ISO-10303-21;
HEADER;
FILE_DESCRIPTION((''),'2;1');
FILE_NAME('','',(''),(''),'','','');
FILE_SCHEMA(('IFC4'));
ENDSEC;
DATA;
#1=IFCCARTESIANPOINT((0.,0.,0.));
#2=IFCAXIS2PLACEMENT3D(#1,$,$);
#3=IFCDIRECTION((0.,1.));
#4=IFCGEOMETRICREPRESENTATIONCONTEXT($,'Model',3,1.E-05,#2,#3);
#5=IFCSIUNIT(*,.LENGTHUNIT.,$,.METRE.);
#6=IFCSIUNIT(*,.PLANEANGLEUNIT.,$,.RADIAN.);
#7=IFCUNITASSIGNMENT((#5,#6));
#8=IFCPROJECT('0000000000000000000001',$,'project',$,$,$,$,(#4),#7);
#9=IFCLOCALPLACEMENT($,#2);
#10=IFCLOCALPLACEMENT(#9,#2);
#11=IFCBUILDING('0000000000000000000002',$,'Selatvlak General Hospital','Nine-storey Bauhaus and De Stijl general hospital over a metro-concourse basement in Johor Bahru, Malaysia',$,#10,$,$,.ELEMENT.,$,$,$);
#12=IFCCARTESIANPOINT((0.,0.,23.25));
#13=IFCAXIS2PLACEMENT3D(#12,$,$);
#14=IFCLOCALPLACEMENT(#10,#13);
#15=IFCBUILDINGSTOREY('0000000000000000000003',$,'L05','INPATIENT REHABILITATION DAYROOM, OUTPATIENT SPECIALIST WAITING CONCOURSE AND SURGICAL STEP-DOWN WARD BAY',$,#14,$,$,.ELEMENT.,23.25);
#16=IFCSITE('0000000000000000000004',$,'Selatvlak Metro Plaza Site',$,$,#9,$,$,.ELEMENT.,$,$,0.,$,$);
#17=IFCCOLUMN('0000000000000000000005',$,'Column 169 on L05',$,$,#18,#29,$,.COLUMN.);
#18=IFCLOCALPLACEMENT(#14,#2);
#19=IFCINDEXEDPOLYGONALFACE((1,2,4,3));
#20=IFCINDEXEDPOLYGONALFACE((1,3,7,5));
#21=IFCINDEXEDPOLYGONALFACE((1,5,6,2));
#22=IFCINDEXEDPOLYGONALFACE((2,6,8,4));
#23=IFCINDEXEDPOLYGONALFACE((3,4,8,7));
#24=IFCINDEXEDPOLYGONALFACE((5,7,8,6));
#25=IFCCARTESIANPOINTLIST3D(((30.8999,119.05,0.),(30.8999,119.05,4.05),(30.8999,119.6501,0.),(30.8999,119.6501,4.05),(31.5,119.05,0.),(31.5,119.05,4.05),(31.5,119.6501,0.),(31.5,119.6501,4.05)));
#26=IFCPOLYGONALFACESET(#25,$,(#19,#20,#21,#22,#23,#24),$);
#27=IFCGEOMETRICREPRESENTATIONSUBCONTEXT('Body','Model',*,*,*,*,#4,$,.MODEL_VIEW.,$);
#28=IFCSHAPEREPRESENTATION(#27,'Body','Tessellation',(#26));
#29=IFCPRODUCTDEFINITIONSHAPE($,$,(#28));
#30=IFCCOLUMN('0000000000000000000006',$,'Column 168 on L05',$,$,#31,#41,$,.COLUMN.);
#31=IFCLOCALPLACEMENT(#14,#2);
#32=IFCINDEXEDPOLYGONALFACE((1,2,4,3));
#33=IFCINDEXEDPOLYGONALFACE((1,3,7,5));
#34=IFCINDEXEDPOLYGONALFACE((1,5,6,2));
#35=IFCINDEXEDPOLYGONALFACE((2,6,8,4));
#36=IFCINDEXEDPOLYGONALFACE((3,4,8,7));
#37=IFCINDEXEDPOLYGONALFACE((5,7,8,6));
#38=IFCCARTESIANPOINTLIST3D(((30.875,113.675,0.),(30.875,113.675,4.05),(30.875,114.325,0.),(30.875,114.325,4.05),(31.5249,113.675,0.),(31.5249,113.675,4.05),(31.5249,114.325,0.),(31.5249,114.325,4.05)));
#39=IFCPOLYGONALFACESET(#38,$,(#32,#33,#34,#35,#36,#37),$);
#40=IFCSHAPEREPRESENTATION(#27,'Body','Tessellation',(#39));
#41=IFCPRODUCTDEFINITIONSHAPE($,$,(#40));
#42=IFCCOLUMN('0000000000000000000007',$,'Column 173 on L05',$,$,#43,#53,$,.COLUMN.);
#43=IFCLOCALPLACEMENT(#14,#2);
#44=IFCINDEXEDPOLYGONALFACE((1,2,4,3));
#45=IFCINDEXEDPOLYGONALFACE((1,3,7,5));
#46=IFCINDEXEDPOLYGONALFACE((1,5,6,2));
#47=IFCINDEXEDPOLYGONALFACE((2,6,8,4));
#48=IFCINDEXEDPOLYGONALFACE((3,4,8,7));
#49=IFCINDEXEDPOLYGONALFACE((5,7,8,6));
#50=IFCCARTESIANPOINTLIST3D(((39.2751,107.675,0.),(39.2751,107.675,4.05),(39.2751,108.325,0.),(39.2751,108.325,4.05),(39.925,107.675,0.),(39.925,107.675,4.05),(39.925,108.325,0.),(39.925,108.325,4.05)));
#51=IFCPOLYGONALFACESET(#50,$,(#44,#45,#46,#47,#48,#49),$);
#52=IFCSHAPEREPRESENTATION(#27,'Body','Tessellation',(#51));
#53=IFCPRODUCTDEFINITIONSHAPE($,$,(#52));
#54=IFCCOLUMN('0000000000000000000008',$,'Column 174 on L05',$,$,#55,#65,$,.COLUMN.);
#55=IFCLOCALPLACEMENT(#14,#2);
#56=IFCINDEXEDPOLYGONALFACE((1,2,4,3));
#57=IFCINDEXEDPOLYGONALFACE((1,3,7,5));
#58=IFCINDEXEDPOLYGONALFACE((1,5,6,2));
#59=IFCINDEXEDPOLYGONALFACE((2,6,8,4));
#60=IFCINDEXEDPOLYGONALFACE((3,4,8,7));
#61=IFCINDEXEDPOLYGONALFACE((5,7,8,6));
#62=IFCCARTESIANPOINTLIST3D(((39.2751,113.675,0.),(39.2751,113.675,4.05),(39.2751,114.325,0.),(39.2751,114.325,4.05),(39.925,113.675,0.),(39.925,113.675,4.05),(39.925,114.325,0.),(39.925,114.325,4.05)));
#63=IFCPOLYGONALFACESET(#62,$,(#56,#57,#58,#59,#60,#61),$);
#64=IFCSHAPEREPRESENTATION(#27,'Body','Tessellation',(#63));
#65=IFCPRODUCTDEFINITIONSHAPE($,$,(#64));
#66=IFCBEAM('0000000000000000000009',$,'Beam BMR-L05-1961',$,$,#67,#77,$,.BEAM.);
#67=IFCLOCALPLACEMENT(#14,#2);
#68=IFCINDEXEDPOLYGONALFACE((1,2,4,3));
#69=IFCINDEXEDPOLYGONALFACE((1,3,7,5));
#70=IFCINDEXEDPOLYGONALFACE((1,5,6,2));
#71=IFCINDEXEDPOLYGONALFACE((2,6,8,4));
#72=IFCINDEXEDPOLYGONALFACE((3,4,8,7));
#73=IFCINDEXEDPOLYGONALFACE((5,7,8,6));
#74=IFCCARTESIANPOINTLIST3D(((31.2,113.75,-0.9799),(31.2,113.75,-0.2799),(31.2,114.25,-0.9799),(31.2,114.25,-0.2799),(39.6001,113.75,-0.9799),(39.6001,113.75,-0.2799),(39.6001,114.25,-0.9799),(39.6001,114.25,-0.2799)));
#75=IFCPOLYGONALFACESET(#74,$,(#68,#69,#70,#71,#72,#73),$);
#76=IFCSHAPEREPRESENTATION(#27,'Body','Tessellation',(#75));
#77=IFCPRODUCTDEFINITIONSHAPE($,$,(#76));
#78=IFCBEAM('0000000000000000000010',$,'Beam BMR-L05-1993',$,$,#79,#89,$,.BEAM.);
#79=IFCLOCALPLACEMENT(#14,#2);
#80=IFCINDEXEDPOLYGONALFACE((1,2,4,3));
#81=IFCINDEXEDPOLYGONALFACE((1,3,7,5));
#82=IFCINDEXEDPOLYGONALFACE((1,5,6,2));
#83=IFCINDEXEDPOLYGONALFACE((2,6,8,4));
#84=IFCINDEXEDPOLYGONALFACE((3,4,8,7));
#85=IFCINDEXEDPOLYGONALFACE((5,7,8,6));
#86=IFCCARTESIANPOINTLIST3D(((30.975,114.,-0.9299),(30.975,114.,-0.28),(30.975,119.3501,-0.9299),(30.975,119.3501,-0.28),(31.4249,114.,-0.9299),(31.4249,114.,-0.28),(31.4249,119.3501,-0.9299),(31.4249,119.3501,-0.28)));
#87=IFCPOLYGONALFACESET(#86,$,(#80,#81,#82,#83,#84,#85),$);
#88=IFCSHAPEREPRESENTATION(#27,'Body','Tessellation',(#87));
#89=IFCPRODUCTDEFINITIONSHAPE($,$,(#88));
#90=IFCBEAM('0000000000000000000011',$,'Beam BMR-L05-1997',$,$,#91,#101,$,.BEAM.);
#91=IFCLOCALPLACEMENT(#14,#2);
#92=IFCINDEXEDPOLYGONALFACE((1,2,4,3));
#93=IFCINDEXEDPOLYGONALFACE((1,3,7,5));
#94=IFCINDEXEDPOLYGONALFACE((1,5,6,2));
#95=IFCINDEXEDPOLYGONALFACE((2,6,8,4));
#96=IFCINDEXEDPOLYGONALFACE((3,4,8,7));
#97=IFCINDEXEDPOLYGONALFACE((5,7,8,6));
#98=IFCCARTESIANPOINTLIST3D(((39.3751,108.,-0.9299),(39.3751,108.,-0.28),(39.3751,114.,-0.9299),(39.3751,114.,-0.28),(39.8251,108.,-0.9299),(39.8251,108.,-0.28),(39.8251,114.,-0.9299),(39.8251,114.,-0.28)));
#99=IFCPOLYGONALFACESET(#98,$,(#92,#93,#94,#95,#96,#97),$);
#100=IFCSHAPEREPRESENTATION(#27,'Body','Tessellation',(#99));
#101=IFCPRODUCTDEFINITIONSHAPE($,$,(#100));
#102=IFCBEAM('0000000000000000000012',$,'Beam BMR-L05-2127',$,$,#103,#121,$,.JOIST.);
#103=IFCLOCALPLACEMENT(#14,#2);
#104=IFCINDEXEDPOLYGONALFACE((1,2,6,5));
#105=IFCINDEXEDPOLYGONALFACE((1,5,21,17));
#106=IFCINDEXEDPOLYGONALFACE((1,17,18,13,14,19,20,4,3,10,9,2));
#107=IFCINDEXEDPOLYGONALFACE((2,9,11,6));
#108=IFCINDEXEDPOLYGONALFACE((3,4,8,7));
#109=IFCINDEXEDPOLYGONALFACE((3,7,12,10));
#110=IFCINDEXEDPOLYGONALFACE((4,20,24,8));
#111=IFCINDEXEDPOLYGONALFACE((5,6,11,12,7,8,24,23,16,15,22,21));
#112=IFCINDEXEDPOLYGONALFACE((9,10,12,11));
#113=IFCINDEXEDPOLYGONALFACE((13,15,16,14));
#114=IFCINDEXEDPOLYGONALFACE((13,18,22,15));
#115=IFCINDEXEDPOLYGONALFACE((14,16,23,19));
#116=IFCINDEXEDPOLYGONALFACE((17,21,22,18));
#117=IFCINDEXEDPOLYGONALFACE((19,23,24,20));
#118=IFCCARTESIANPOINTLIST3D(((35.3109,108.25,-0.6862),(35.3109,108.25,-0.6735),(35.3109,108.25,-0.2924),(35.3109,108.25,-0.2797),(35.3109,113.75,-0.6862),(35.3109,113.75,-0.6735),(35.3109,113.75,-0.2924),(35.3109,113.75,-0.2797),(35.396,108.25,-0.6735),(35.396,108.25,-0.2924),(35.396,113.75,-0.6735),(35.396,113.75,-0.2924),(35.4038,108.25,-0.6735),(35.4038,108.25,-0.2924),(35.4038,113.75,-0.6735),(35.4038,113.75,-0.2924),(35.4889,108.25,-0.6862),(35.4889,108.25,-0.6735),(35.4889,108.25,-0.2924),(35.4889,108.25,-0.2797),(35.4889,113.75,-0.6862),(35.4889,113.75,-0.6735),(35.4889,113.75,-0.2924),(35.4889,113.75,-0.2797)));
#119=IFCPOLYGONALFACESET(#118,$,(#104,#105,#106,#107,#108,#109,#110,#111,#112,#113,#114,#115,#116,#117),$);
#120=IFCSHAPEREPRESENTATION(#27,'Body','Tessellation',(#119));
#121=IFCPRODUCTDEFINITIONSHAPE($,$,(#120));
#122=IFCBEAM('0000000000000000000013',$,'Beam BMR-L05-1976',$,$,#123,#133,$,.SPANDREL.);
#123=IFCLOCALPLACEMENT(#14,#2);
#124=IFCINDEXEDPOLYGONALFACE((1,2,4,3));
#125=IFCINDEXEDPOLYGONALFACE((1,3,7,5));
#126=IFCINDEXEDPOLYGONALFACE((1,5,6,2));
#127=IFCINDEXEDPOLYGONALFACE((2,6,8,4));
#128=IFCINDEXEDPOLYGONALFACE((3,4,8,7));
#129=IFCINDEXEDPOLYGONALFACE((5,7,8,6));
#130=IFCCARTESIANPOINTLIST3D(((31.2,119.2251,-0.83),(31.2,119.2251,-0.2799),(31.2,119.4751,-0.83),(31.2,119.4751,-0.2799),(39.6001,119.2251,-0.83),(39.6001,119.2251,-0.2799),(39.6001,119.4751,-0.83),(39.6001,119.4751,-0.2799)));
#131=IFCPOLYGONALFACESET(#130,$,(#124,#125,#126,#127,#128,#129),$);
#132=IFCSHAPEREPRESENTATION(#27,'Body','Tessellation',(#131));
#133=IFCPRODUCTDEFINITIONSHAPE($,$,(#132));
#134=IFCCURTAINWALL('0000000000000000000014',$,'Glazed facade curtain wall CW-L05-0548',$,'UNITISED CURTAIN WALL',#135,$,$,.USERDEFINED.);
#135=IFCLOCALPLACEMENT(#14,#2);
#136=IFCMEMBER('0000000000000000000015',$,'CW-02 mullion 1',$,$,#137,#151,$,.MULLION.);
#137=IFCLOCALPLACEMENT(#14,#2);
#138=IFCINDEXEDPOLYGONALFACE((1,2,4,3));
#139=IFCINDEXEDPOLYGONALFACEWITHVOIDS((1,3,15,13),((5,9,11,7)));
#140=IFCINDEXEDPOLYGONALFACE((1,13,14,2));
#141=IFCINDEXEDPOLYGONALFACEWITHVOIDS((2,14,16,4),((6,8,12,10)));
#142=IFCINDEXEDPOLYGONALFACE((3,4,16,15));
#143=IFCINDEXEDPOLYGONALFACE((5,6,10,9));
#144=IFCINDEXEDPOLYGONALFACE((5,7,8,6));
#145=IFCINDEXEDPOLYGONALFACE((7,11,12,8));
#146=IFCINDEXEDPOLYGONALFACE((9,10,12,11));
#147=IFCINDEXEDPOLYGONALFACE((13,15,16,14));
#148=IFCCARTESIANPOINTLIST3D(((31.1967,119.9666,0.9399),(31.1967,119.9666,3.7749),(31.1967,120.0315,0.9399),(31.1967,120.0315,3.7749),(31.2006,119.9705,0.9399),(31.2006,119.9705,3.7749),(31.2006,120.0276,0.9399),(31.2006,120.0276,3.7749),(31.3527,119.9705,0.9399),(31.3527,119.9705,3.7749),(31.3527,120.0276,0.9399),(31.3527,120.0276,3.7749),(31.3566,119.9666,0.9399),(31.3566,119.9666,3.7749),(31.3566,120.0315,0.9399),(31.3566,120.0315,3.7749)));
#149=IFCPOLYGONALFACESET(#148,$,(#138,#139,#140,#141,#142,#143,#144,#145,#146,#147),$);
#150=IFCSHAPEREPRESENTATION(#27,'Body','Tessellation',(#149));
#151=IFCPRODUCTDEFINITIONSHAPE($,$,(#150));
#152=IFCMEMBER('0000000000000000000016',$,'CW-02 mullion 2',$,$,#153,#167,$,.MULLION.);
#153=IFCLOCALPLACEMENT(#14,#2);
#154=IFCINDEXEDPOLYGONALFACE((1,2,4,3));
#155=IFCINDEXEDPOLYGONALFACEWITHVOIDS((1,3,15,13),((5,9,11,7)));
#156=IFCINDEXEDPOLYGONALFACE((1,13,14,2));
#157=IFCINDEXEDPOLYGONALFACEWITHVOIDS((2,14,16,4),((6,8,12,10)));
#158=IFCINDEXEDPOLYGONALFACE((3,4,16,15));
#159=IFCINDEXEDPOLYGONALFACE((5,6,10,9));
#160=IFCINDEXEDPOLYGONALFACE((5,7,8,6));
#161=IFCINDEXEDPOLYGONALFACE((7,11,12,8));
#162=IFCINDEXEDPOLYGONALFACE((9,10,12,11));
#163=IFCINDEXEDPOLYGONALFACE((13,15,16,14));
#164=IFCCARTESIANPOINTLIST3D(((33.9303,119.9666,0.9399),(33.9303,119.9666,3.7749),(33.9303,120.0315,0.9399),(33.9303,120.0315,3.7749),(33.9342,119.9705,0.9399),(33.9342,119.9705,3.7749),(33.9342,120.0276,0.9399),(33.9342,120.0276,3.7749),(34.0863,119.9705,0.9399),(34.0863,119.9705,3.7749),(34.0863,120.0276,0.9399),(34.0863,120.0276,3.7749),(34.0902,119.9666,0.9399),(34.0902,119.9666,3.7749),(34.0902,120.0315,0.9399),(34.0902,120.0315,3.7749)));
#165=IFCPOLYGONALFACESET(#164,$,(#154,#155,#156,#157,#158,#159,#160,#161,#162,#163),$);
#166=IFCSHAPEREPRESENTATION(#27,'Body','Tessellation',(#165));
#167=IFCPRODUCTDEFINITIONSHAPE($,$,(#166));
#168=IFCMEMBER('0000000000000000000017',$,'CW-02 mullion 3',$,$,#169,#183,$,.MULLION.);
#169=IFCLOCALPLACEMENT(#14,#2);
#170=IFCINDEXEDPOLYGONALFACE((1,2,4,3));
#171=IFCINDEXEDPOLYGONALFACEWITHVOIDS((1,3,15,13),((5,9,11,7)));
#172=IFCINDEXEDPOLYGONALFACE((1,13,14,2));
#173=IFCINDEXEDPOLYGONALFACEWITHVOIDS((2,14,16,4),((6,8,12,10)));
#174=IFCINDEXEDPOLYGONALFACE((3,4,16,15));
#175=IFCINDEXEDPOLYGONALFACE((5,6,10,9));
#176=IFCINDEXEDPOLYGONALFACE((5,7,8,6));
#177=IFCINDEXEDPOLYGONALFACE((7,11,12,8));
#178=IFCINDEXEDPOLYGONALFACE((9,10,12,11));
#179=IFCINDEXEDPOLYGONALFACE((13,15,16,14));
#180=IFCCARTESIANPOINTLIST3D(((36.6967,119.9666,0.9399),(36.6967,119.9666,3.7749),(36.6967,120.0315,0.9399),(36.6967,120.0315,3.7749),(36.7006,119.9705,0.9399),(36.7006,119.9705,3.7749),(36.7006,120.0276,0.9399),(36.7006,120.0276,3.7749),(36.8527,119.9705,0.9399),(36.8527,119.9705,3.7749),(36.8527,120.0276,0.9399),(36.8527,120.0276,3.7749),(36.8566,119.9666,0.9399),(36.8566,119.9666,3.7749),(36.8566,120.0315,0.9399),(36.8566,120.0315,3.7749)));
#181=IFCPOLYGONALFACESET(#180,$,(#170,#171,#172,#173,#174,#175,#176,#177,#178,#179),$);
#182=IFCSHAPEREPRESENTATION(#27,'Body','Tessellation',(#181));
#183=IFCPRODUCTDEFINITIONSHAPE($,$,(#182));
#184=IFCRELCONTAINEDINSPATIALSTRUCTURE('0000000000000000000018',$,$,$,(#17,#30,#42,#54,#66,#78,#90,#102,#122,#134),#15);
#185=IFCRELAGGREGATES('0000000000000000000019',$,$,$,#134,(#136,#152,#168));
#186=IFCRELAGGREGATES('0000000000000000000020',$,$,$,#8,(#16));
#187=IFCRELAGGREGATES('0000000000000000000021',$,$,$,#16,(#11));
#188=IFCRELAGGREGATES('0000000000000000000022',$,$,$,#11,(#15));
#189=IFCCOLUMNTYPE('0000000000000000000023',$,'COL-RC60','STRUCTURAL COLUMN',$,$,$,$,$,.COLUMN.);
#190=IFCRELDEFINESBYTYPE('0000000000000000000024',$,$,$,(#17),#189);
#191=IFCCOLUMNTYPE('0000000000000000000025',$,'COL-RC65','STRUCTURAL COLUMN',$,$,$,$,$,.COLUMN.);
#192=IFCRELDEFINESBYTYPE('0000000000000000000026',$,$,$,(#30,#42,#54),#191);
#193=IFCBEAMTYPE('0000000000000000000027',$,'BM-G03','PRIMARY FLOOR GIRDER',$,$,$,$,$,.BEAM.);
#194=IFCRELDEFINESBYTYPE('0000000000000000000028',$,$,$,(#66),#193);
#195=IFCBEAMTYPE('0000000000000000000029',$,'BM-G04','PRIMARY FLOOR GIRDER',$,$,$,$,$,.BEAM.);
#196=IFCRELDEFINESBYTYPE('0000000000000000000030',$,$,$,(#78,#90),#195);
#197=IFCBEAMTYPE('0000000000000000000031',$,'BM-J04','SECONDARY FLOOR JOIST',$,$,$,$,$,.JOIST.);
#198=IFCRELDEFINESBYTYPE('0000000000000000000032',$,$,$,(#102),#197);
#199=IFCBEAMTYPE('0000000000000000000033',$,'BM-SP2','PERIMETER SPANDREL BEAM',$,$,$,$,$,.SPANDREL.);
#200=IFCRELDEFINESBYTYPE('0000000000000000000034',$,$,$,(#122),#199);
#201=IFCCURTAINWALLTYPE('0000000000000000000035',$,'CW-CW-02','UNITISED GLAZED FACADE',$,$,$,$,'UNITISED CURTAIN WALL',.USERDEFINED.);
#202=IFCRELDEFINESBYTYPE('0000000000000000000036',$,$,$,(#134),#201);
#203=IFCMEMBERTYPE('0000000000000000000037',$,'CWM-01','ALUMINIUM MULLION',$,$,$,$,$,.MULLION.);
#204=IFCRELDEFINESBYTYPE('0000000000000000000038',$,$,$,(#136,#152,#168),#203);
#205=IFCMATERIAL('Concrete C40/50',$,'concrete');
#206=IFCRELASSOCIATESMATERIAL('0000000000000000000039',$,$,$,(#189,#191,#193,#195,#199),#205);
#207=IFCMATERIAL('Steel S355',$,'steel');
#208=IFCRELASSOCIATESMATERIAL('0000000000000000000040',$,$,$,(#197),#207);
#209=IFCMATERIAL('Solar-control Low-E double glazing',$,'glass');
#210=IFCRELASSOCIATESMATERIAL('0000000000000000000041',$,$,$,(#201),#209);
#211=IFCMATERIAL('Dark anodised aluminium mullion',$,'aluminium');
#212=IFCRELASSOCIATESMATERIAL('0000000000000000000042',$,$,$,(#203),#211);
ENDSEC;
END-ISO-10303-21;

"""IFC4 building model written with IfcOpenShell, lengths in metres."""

from ifc_helpers import new_model, si_unit, direction, frame, origin, origin_2d, place, context, subcontext, project, spatial, rectangle, hollow_rectangle, i_section, extrude, material, material_profile, profile_set, type_object, element, aggregate, save


model = new_model("IFC4")

# Units and contexts
model_context = context("Model", 3, precision=1e-05, world=origin(), true_north=direction((0.0, 1.0)))
body_context = subcontext(model_context, "Body", "Model", "MODEL_VIEW")
ifc_project = project(units=[si_unit("LENGTHUNIT", "METRE"), si_unit("PLANEANGLEUNIT", "RADIAN")], contexts=[model_context])

# Site, building, storey
site_placement = place(None, origin())
site = spatial("IfcSite", under=ifc_project, at=site_placement, Name="Selatvlak Metro Plaza Site", CompositionType="ELEMENT", RefElevation=0.0)
building_placement = place(site_placement, origin())
building = spatial("IfcBuilding", under=site, at=building_placement, Name="Selatvlak General Hospital", Description="Nine-storey Bauhaus and De Stijl general hospital over a metro-concourse basement in Johor Bahru, Malaysia", CompositionType="ELEMENT")
storey_placement = place(building_placement, frame((0.0, 0.0, 23.25)))
storey = spatial("IfcBuildingStorey", under=building, at=storey_placement, Name="L05", Description="INPATIENT REHABILITATION DAYROOM, OUTPATIENT SPECIALIST WAITING CONCOURSE AND SURGICAL STEP-DOWN WARD BAY", CompositionType="ELEMENT", Elevation=23.25)

# Columns
ifc_material_1 = material(Name="Concrete C40/50", Category="concrete")
ifc_material_profile_1 = material_profile(ifc_material_1, rectangle(XDim=0.6001, YDim=0.6001, at=origin_2d()), Name="RC-COL 600x600")
ifc_profile_set_1 = profile_set([ifc_material_profile_1], Name="Concrete C40/50")
column_type_1 = type_object("IfcColumnType", Name="COL-RC60", Description="STRUCTURAL COLUMN", PredefinedType="COLUMN", material=ifc_profile_set_1)
column_placement = place(storey_placement, frame((31.2, 119.3501, 0.0), z_axis=(0.0, 0.0, 1.0), x_axis=(1.0, 0.0, 0.0)))
element("IfcColumn", 1, at=column_placement, inside=storey, type_object=column_type_1, Name="Column 169 on L05", PredefinedType="COLUMN", context=body_context, shape_type="SweptSolid", body=[
    extrude(rectangle(XDim=0.6001, YDim=0.6001, at=origin_2d()), origin(), (0.0, 0.0, 1.0), 4.05),
])
ifc_material_profile_2 = material_profile(ifc_material_1, rectangle(XDim=0.6499, YDim=0.6499, at=origin_2d()), Name="RC-COL 650x650")
ifc_profile_set_2 = profile_set([ifc_material_profile_2], Name="Concrete C40/50")
column_type_2 = type_object("IfcColumnType", Name="COL-RC65", Description="STRUCTURAL COLUMN", PredefinedType="COLUMN", material=ifc_profile_set_2)
for number, where, z_axis, x_axis, name in (
    (2, (31.2, 114.0, 0.0), (0.0, 0.0, 1.0), (1.0, 0.0, 0.0), "Column 168 on L05"),
    (3, (39.6001, 108.0, 0.0), (0.0, 0.0, 1.0), (1.0, 0.0, 0.0), "Column 173 on L05"),
    (4, (39.6001, 114.0, 0.0), (0.0, 0.0, 1.0), (1.0, 0.0, 0.0), "Column 174 on L05"),
):
    element("IfcColumn", number, at=place(storey_placement, frame(where, z_axis=z_axis, x_axis=x_axis)), inside=storey, type_object=column_type_2, Name=name, PredefinedType="COLUMN", context=body_context, shape_type="SweptSolid", body=[
        extrude(rectangle(XDim=0.6499, YDim=0.6499, at=origin_2d()), origin(), (0.0, 0.0, 1.0), 4.05),
    ])

# Beams
ifc_material_profile_3 = material_profile(ifc_material_1, rectangle(XDim=0.5, YDim=0.7, at=origin_2d()), Name="RC-BM 500x700")
ifc_profile_set_3 = profile_set([ifc_material_profile_3], Name="Concrete C40/50")
beam_type_1 = type_object("IfcBeamType", Name="BM-G03", Description="PRIMARY FLOOR GIRDER", PredefinedType="BEAM", material=ifc_profile_set_3)
beam_1_placement = place(storey_placement, frame((31.2, 114.0, -0.6299), z_axis=(1.0, 0.0, 0.0), x_axis=(0.0, 1.0, 0.0)))
element("IfcBeam", 5, at=beam_1_placement, inside=storey, type_object=beam_type_1, Name="Beam BMR-L05-1961", PredefinedType="BEAM", context=body_context, shape_type="SweptSolid", body=[
    extrude(rectangle(XDim=0.5, YDim=0.7, at=origin_2d()), origin(), (0.0, 0.0, 1.0), 8.4001),
])
ifc_material_profile_4 = material_profile(ifc_material_1, rectangle(XDim=0.45, YDim=0.6499, at=origin_2d()), Name="RC-BM 450x650")
ifc_profile_set_4 = profile_set([ifc_material_profile_4], Name="Concrete C40/50")
beam_type_2 = type_object("IfcBeamType", Name="BM-G04", Description="PRIMARY FLOOR GIRDER", PredefinedType="BEAM", material=ifc_profile_set_4)
beam_2_placement = place(storey_placement, frame((31.2, 114.0, -0.605), z_axis=(0.0, 1.0, 0.0), x_axis=(-1.0, 0.0, 0.0)))
element("IfcBeam", 6, at=beam_2_placement, inside=storey, type_object=beam_type_2, Name="Beam BMR-L05-1993", PredefinedType="BEAM", context=body_context, shape_type="SweptSolid", body=[
    extrude(rectangle(XDim=0.45, YDim=0.6499, at=origin_2d()), origin(), (0.0, 0.0, 1.0), 5.3501),
])
beam_3_placement = place(storey_placement, frame((39.6001, 108.0, -0.605), z_axis=(0.0, 1.0, 0.0), x_axis=(-1.0, 0.0, 0.0)))
element("IfcBeam", 7, at=beam_3_placement, inside=storey, type_object=beam_type_2, Name="Beam BMR-L05-1997", PredefinedType="BEAM", context=body_context, shape_type="SweptSolid", body=[
    extrude(rectangle(XDim=0.45, YDim=0.6499, at=origin_2d()), origin(), (0.0, 0.0, 1.0), 6.0),
])
ifc_material_2 = material(Name="Steel S355", Category="steel")
ifc_material_profile_5 = material_profile(ifc_material_2, i_section(OverallWidth=0.178, OverallDepth=0.4065, WebThickness=0.0078, FlangeThickness=0.0127, at=origin_2d()), Name="UB 406x178x60")
ifc_profile_set_5 = profile_set([ifc_material_profile_5], Name="Steel S355")
beam_type_3 = type_object("IfcBeamType", Name="BM-J04", Description="SECONDARY FLOOR JOIST", PredefinedType="JOIST", material=ifc_profile_set_5)
beam_4_placement = place(storey_placement, frame((35.3999, 108.25, -0.4829), z_axis=(0.0, 1.0, 0.0), x_axis=(-1.0, 0.0, 0.0)))
element("IfcBeam", 8, at=beam_4_placement, inside=storey, type_object=beam_type_3, Name="Beam BMR-L05-2127", PredefinedType="JOIST", context=body_context, shape_type="SweptSolid", body=[
    extrude(i_section(OverallWidth=0.178, OverallDepth=0.4065, WebThickness=0.0078, FlangeThickness=0.0127, at=origin_2d()), origin(), (0.0, 0.0, 1.0), 5.5),
])
ifc_material_profile_6 = material_profile(ifc_material_1, rectangle(XDim=0.25, YDim=0.55, at=origin_2d()), Name="RC-SP 250x550")
ifc_profile_set_6 = profile_set([ifc_material_profile_6], Name="Concrete C40/50")
beam_type_4 = type_object("IfcBeamType", Name="BM-SP2", Description="PERIMETER SPANDREL BEAM", PredefinedType="SPANDREL", material=ifc_profile_set_6)
beam_5_placement = place(storey_placement, frame((31.2, 119.3501, -0.5549), z_axis=(1.0, 0.0, 0.0), x_axis=(0.0, 1.0, 0.0)))
element("IfcBeam", 9, at=beam_5_placement, inside=storey, type_object=beam_type_4, Name="Beam BMR-L05-1976", PredefinedType="SPANDREL", context=body_context, shape_type="SweptSolid", body=[
    extrude(rectangle(XDim=0.25, YDim=0.55, at=origin_2d()), origin(), (0.0, 0.0, 1.0), 8.4001),
])

# Curtain wall, members
ifc_material_3 = material(Name="Solar-control Low-E double glazing", Category="glass")
curtain_wall_type = type_object("IfcCurtainWallType", Name="CW-CW-02", Description="UNITISED GLAZED FACADE", ElementType="UNITISED CURTAIN WALL", PredefinedType="USERDEFINED", material=ifc_material_3)
curtain_wall_placement = place(storey_placement, origin())
curtain_wall = element("IfcCurtainWall", 10, at=curtain_wall_placement, inside=storey, type_object=curtain_wall_type, Name="Glazed facade curtain wall CW-L05-0548", ObjectType="UNITISED CURTAIN WALL", PredefinedType="USERDEFINED")
ifc_material_4 = material(Name="Dark anodised aluminium mullion", Category="aluminium")
ifc_material_profile_7 = material_profile(ifc_material_4, hollow_rectangle(XDim=0.0649, YDim=0.1599, WallThickness=0.0039, at=origin_2d()), Name="AL-MUL 65x160x4")
ifc_profile_set_7 = profile_set([ifc_material_profile_7], Name="Dark anodised aluminium mullion")
member_type_1 = type_object("IfcMemberType", Name="CWM-01", Description="ALUMINIUM MULLION", PredefinedType="MULLION", material=ifc_profile_set_7)
member_1_placement = place(storey_placement, frame((31.2766, 119.999, 0.9399), z_axis=(0.0, 0.0, 1.0), x_axis=(0.0, 1.0, 0.0)))
member_1 = element("IfcMember", 11, at=member_1_placement, type_object=member_type_1, Name="CW-02 mullion 1", PredefinedType="MULLION", context=body_context, shape_type="SweptSolid", body=[
    extrude(hollow_rectangle(XDim=0.0649, YDim=0.1599, WallThickness=0.0039, at=origin_2d()), origin(), (0.0, 0.0, 1.0), 2.835),
])
member_2_placement = place(storey_placement, frame((34.0103, 119.999, 0.9399), z_axis=(0.0, 0.0, 1.0), x_axis=(0.0, 1.0, 0.0)))
member_2 = element("IfcMember", 12, at=member_2_placement, type_object=member_type_1, Name="CW-02 mullion 2", PredefinedType="MULLION", context=body_context, shape_type="SweptSolid", body=[
    extrude(hollow_rectangle(XDim=0.0649, YDim=0.1599, WallThickness=0.0039, at=origin_2d()), origin(), (0.0, 0.0, 1.0), 2.835),
])
member_3_placement = place(storey_placement, frame((36.7766, 119.999, 0.9399), z_axis=(0.0, 0.0, 1.0), x_axis=(0.0, 1.0, 0.0)))
member_3 = element("IfcMember", 13, at=member_3_placement, type_object=member_type_1, Name="CW-02 mullion 3", PredefinedType="MULLION", context=body_context, shape_type="SweptSolid", body=[
    extrude(hollow_rectangle(XDim=0.0649, YDim=0.1599, WallThickness=0.0039, at=origin_2d()), origin(), (0.0, 0.0, 1.0), 2.835),
])
aggregate(curtain_wall, [member_1, member_2, member_3])

save(model, "model.ifc")
